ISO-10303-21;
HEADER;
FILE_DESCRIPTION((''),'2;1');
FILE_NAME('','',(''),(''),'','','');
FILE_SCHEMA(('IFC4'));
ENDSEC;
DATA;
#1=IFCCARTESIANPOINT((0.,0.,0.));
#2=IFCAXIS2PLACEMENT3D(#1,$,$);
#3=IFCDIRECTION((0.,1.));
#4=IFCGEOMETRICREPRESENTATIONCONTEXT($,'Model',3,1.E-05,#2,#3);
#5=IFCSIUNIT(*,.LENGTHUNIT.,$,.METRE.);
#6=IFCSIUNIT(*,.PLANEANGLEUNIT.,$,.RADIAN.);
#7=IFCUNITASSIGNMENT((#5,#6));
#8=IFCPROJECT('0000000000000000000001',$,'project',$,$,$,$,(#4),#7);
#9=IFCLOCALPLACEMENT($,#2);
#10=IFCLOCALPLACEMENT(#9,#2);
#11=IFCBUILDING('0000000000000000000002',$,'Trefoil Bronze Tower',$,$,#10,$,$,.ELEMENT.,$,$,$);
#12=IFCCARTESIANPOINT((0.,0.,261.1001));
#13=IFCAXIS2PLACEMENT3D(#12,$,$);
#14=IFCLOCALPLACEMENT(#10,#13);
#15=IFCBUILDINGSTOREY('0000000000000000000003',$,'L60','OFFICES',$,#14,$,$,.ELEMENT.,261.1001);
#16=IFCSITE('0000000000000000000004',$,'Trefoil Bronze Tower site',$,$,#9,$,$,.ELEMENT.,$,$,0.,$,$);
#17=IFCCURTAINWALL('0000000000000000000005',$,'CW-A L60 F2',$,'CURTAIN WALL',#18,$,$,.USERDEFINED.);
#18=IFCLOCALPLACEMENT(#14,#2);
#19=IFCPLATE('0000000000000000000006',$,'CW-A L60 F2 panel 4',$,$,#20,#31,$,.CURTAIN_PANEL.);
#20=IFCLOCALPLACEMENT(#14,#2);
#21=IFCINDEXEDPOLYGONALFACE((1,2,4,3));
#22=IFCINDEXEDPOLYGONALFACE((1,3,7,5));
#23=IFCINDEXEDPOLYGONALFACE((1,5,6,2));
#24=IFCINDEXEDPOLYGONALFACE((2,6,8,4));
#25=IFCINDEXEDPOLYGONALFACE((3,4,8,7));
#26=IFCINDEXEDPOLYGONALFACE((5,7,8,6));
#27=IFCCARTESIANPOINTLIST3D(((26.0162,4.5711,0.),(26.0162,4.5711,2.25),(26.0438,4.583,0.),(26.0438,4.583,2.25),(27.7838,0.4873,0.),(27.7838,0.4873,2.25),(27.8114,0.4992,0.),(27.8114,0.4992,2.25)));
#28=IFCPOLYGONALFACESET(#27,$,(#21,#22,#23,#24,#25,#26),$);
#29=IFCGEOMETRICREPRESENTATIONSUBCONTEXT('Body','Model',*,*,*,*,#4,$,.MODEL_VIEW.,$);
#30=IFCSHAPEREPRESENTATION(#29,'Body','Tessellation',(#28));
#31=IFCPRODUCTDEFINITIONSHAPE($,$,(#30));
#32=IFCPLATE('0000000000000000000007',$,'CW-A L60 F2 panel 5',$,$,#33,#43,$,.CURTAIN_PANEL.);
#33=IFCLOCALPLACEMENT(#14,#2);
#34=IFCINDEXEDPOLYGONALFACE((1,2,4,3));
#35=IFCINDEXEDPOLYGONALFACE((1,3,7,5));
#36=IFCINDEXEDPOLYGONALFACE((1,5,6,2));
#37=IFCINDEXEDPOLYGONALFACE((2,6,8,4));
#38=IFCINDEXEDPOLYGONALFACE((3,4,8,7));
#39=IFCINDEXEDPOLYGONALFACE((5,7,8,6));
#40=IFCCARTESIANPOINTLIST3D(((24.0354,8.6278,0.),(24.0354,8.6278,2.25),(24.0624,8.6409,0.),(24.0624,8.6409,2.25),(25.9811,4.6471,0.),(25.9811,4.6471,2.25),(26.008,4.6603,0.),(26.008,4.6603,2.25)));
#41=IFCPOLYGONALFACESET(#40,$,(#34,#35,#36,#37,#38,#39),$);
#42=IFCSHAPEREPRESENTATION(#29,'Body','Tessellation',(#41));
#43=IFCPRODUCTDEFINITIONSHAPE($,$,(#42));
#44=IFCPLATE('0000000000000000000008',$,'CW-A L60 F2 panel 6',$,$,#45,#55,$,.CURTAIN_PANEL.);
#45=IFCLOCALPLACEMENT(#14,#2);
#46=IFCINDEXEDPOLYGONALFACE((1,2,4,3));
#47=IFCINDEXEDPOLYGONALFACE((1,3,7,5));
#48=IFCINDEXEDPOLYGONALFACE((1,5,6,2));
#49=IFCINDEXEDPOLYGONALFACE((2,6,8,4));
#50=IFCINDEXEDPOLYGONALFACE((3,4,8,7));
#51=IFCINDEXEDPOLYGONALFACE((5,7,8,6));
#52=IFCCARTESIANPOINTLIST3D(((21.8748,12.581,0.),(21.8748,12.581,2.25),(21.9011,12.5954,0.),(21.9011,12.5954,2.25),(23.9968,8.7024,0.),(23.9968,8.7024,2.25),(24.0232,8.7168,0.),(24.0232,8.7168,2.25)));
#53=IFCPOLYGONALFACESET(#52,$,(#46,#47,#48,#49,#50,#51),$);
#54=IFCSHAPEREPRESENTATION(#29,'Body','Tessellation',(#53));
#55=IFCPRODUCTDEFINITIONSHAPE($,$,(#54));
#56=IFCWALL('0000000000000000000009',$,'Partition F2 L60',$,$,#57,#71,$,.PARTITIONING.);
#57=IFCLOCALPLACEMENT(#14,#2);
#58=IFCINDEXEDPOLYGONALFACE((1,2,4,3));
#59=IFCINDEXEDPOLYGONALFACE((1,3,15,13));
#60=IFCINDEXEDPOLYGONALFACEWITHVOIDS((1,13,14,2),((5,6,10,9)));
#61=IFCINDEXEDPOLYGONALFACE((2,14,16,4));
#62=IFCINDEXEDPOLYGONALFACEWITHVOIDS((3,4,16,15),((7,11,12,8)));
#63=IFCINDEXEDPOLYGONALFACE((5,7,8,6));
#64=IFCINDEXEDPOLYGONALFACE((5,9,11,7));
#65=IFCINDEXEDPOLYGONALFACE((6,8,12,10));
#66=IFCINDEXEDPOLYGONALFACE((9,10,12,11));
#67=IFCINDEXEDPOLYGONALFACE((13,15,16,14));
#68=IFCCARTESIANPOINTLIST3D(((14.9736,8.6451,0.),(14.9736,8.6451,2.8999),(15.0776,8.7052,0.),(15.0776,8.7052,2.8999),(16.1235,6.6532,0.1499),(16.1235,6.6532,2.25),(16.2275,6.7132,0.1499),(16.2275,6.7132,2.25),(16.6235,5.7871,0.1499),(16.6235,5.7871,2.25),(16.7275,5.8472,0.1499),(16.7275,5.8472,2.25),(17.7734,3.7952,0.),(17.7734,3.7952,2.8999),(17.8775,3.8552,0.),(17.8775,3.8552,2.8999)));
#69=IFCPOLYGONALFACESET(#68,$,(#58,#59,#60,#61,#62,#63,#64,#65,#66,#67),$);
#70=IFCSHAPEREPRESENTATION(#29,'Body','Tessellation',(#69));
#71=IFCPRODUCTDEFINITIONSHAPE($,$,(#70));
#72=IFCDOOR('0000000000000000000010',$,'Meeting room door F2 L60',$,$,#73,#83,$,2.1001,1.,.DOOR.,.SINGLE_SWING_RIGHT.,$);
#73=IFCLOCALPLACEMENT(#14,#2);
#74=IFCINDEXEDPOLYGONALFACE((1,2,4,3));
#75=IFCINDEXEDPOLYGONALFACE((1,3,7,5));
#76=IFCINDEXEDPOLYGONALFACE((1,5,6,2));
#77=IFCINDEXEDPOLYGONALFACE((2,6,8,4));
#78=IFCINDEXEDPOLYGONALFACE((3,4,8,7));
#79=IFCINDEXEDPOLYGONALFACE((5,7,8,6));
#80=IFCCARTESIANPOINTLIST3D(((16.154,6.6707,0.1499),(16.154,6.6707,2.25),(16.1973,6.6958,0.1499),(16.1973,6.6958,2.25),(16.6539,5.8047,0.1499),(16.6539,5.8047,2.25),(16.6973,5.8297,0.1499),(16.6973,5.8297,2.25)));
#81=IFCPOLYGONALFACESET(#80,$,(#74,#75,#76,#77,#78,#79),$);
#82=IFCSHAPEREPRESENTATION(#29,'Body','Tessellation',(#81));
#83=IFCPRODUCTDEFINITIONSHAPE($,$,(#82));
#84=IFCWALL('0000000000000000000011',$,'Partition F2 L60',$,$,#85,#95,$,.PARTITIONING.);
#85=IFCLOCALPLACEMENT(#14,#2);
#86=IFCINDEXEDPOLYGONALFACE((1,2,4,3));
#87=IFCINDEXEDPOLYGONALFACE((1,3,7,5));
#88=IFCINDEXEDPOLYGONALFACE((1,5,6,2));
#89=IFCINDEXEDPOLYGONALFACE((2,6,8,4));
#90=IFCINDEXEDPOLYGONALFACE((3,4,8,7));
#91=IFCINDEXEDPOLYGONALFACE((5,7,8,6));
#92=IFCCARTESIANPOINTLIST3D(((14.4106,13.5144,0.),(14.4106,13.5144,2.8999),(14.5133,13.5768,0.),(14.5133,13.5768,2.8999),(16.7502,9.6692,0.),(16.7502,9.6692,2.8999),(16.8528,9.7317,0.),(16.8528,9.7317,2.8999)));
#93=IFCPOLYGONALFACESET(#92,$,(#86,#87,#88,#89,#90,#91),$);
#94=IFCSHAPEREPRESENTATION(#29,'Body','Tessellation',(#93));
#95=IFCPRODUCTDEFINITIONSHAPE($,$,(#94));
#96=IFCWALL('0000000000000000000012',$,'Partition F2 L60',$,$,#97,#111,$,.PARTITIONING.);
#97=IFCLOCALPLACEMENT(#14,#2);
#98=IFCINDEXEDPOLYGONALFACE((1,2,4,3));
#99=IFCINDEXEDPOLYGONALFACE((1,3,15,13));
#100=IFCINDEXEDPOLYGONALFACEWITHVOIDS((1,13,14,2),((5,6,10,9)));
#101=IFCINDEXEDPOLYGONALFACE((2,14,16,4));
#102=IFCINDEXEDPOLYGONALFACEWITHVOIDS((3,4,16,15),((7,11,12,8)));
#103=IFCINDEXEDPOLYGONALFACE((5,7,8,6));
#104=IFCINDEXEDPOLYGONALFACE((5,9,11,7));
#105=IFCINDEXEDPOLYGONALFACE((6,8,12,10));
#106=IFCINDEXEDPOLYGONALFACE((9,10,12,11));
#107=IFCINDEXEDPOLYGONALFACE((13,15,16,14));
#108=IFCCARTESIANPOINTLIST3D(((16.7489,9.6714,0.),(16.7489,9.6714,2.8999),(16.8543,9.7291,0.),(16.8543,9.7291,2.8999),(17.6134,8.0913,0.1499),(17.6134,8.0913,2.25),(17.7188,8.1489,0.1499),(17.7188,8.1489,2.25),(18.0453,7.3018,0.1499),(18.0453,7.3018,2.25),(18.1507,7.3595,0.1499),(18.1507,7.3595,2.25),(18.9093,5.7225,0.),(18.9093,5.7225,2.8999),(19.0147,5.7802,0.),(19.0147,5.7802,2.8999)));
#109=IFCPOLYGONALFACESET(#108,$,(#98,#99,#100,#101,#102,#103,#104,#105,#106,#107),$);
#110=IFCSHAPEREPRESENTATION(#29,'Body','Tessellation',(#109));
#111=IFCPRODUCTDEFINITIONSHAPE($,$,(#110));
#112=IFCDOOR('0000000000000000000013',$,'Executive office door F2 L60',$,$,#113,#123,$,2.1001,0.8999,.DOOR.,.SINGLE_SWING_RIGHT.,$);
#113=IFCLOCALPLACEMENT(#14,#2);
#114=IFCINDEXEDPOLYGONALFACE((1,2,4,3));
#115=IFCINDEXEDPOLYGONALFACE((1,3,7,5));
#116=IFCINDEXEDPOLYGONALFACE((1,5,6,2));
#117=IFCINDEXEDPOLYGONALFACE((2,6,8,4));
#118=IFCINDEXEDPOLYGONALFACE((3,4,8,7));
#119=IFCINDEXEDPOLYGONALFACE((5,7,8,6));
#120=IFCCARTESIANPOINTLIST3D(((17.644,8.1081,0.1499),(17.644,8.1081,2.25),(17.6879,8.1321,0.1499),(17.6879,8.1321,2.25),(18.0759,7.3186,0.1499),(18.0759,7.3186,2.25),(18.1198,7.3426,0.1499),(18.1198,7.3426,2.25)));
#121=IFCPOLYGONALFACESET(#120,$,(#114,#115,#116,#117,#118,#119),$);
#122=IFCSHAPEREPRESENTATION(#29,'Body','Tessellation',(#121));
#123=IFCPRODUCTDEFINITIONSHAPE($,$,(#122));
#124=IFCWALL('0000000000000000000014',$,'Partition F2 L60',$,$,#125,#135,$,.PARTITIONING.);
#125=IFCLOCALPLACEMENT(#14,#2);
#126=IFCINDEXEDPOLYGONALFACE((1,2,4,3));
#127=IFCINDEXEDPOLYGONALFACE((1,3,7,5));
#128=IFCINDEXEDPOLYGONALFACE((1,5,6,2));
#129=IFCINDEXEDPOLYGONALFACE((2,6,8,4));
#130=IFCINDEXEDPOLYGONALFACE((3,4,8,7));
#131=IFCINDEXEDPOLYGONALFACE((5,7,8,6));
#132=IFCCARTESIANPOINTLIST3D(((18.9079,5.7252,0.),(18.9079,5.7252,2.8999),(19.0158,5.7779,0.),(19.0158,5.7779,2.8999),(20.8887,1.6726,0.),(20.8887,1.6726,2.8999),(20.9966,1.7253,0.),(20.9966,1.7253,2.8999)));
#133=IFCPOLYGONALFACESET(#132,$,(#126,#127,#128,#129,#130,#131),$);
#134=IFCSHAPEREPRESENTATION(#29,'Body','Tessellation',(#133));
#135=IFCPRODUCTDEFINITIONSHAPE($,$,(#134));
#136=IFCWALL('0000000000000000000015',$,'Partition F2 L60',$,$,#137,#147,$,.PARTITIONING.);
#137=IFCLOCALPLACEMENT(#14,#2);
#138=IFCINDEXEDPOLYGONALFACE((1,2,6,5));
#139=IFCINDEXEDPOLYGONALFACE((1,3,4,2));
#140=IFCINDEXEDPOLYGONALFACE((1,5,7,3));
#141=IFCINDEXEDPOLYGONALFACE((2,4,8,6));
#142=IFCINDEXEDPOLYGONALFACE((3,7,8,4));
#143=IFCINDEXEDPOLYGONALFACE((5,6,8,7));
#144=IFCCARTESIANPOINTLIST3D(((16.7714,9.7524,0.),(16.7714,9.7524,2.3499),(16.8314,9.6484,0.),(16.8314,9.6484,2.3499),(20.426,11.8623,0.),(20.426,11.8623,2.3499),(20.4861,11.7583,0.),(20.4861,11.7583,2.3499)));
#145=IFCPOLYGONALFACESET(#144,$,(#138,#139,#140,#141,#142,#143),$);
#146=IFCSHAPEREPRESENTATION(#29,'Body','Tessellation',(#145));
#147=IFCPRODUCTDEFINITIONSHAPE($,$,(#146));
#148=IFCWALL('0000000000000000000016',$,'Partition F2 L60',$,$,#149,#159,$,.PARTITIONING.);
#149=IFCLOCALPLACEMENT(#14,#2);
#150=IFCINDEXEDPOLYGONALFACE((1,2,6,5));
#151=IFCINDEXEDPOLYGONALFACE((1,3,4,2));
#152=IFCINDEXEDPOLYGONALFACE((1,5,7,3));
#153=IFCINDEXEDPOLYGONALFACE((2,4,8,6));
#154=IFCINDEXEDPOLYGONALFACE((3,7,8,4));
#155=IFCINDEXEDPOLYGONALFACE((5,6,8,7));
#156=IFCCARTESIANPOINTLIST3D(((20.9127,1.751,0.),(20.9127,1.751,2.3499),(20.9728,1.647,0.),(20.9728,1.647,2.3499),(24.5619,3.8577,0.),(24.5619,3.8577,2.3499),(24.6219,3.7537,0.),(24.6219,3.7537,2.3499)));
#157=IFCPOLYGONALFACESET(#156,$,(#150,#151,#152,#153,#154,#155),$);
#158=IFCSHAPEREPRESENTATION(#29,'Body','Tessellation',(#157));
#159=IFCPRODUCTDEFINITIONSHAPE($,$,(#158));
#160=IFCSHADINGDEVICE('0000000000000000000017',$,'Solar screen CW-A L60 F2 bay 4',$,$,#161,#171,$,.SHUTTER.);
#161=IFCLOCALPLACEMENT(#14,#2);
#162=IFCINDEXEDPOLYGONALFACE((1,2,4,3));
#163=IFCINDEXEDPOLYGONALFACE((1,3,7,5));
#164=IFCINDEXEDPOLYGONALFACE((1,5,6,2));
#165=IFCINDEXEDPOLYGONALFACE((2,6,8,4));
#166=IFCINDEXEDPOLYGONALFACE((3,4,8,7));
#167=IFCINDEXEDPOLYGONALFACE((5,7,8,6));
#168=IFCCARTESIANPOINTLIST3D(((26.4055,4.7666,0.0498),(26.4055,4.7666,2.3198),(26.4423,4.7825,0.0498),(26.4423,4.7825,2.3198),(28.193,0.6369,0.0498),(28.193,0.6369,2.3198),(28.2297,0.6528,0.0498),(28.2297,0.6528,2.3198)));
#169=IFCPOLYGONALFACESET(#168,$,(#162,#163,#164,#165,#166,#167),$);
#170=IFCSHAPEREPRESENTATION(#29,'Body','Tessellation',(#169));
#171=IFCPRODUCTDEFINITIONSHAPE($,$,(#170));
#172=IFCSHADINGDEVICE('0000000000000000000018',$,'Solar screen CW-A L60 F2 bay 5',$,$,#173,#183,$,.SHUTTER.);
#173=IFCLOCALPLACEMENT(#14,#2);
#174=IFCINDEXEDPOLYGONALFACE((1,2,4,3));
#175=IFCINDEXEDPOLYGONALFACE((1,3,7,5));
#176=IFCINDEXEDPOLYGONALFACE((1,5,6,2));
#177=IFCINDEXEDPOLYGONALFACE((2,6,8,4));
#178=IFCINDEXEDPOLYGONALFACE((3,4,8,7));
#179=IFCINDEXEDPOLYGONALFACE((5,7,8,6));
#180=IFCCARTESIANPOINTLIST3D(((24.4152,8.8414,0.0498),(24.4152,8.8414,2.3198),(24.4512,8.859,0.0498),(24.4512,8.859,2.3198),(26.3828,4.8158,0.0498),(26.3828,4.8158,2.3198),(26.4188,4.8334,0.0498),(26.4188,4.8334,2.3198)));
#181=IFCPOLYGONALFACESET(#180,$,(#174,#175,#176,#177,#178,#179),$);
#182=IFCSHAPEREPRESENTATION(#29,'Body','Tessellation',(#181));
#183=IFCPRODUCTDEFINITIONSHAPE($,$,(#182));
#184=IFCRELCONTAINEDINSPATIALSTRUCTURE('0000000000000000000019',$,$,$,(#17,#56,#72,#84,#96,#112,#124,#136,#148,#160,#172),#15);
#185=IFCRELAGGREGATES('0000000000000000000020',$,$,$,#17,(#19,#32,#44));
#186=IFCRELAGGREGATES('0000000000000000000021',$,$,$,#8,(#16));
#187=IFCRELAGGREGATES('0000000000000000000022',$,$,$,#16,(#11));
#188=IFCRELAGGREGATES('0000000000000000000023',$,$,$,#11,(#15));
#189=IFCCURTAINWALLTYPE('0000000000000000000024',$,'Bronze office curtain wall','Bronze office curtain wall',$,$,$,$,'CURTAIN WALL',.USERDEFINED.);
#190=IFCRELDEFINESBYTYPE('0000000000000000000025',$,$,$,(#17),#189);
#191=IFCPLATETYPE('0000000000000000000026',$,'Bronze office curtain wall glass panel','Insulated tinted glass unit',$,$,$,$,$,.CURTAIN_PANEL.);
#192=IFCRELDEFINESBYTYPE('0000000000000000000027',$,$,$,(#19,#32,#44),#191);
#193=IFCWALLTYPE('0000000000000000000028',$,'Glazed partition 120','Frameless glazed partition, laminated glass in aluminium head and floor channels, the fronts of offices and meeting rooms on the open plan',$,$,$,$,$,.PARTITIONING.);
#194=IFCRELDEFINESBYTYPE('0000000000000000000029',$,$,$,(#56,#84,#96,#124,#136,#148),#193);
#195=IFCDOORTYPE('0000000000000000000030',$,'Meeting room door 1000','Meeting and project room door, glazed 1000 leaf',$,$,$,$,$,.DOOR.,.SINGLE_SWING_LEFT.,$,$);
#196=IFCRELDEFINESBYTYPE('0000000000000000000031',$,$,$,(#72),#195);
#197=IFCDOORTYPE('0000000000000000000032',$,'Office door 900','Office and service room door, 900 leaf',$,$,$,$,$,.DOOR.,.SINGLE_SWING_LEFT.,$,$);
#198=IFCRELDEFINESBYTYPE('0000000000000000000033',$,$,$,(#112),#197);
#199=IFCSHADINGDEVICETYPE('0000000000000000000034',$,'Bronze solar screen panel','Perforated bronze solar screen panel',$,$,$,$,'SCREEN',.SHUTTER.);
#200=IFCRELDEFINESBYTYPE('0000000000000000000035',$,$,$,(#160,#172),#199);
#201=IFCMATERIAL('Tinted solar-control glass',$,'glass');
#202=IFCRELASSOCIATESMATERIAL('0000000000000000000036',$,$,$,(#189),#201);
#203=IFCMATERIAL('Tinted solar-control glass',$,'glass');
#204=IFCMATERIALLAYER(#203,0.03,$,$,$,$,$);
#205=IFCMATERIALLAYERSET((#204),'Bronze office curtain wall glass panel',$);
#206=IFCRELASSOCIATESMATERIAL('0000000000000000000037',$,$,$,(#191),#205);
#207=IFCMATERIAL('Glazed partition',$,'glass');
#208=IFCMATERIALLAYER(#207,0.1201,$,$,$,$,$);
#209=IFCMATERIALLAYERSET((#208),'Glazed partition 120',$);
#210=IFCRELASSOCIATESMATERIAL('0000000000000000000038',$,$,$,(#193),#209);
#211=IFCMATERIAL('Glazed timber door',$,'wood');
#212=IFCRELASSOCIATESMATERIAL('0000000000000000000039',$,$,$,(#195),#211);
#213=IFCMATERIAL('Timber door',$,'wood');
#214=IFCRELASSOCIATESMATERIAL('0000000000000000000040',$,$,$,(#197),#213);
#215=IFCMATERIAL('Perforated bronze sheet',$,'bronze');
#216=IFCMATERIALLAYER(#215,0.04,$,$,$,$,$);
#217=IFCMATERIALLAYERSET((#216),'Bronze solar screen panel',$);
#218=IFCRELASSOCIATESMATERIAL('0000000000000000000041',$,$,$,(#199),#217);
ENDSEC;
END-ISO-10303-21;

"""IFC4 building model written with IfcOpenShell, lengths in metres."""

from ifc_helpers import new_model, si_unit, direction, frame, frame_2d, origin, origin_2d, place, context, subcontext, project, spatial, rectangle, extrude, material, layer, layer_set, type_object, element, fill, aggregate, save


model = new_model("IFC4")

# Units and contexts
model_context = context("Model", 3, precision=1e-05, world=origin(), true_north=direction((0.0, 1.0)))
body_context = subcontext(model_context, "Body", "Model", "MODEL_VIEW")
ifc_project = project(units=[si_unit("LENGTHUNIT", "METRE"), si_unit("PLANEANGLEUNIT", "RADIAN")], contexts=[model_context])

# Site, building, storey
site_placement = place(None, origin())
site = spatial("IfcSite", under=ifc_project, at=site_placement, Name="Trefoil Bronze Tower site", CompositionType="ELEMENT", RefElevation=0.0)
building_placement = place(site_placement, origin())
building = spatial("IfcBuilding", under=site, at=building_placement, Name="Trefoil Bronze Tower", CompositionType="ELEMENT")
storey_placement = place(building_placement, frame((0.0, 0.0, 261.1001)))
storey = spatial("IfcBuildingStorey", under=building, at=storey_placement, Name="L60", Description="OFFICES", CompositionType="ELEMENT", Elevation=261.1001)

# Curtain wall
ifc_material_1 = material(Name="Tinted solar-control glass", Category="glass")
curtain_wall_type = type_object("IfcCurtainWallType", Name="Bronze office curtain wall", Description="Bronze office curtain wall", ElementType="CURTAIN WALL", PredefinedType="USERDEFINED", material=ifc_material_1)
curtain_wall_placement = place(storey_placement, origin())
curtain_wall = element("IfcCurtainWall", 1, at=curtain_wall_placement, inside=storey, type_object=curtain_wall_type, Name="CW-A L60 F2", ObjectType="CURTAIN WALL", PredefinedType="USERDEFINED")

# Plates
ifc_material_2 = material(Name="Tinted solar-control glass", Category="glass")
ifc_layer_1 = layer(ifc_material_2, 0.03)
ifc_layer_set_1 = layer_set([ifc_layer_1], Name="Bronze office curtain wall glass panel")
plate_type = type_object("IfcPlateType", Name="Bronze office curtain wall glass panel", Description="Insulated tinted glass unit", PredefinedType="CURTAIN_PANEL", material=ifc_layer_set_1)
plate_1_placement = place(storey_placement, frame((26.9138, 2.5352, 0.0), z_axis=(0.0, 0.0, 1.0), x_axis=(-0.39722, 0.917723, 0.0)))
plate_1 = element("IfcPlate", 2, at=plate_1_placement, type_object=plate_type, Name="CW-A L60 F2 panel 4", PredefinedType="CURTAIN_PANEL", context=body_context, shape_type="SweptSolid", body=[
    extrude(rectangle(XDim=4.45, YDim=0.03, at=origin_2d()), origin(), (0.0, 0.0, 1.0), 2.25),
])
plate_2_placement = place(storey_placement, frame((25.0217, 6.644, 0.0), z_axis=(0.0, 0.0, 1.0), x_axis=(-0.439129, 0.898424, 0.0)))
plate_2 = element("IfcPlate", 3, at=plate_2_placement, type_object=plate_type, Name="CW-A L60 F2 panel 5", PredefinedType="CURTAIN_PANEL", context=body_context, shape_type="SweptSolid", body=[
    extrude(rectangle(XDim=4.4307, YDim=0.03, at=origin_2d()), origin(), (0.0, 0.0, 1.0), 2.25),
])
plate_3_placement = place(storey_placement, frame((22.949, 10.6489, 0.0), z_axis=(0.0, 0.0, 1.0), x_axis=(-0.479974, 0.877283, 0.0)))
plate_3 = element("IfcPlate", 4, at=plate_3_placement, type_object=plate_type, Name="CW-A L60 F2 panel 6", PredefinedType="CURTAIN_PANEL", context=body_context, shape_type="SweptSolid", body=[
    extrude(rectangle(XDim=4.4211, YDim=0.03, at=origin_2d()), origin(), (0.0, 0.0, 1.0), 2.25),
])
aggregate(curtain_wall, [plate_1, plate_2, plate_3])

# Wall, opening, door
ifc_material_3 = material(Name="Glazed partition", Category="glass")
ifc_layer_2 = layer(ifc_material_3, 0.1201)
ifc_layer_set_2 = layer_set([ifc_layer_2], Name="Glazed partition 120")
wall_type = type_object("IfcWallType", Name="Glazed partition 120", Description="Frameless glazed partition, laminated glass in aluminium head and floor channels, the fronts of offices and meeting rooms on the open plan", PredefinedType="PARTITIONING", material=ifc_layer_set_2)
wall_1_placement = place(storey_placement, frame((17.8254, 3.8252, 0.0), z_axis=(0.0, 0.0, 1.0), x_axis=(-0.499965, 0.866045, 0.0)))
wall_1 = element("IfcWall", 5, at=wall_1_placement, inside=storey, type_object=wall_type, Name="Partition F2 L60", PredefinedType="PARTITIONING", context=body_context, shape_type="SweptSolid", body=[
    extrude(rectangle(XDim=5.6001, YDim=0.1201, at=frame_2d((2.8, 0.0))), origin(), (0.0, 0.0, 1.0), 2.8999),
])
opening_1_placement = place(wall_1_placement, frame((2.3, 0.0, 0.1499)))
opening_1 = element("IfcOpeningElement", 6, at=opening_1_placement, cuts=wall_1, PredefinedType="OPENING", context=body_context, shape_type="SweptSolid", body=[
    extrude(rectangle(XDim=1.0, YDim=2.1001, at=frame_2d((0.5, 1.05))), frame((0.0, 0.0701, 0.0), z_axis=(0.0, -1.0, 0.0), x_axis=(1.0, 0.0, 0.0)), (0.0, 0.0, 1.0), 0.1401),
])
ifc_material_4 = material(Name="Glazed timber door", Category="wood")
door_type_1 = type_object("IfcDoorType", Name="Meeting room door 1000", Description="Meeting and project room door, glazed 1000 leaf", OperationType="SINGLE_SWING_LEFT", PredefinedType="DOOR", material=ifc_material_4)
door_1_placement = place(opening_1_placement, origin())
door_1 = element("IfcDoor", 7, at=door_1_placement, inside=storey, type_object=door_type_1, Name="Meeting room door F2 L60", OperationType="SINGLE_SWING_RIGHT", OverallHeight=2.1001, OverallWidth=1.0, PredefinedType="DOOR", context=body_context, shape_type="SweptSolid", body=[
    extrude(rectangle(XDim=1.0, YDim=2.1001, at=frame_2d((0.5, 1.05))), frame((0.0, 0.0249, 0.0), z_axis=(0.0, -1.0, 0.0), x_axis=(1.0, 0.0, 0.0)), (0.0, 0.0, 1.0), 0.05),
])
fill(opening_1, door_1)

# Wall
wall_2_placement = place(storey_placement, frame((16.8015, 9.7004, 0.0), z_axis=(0.0, 0.0, 1.0), x_axis=(-0.51979, 0.854294, 0.0)))
element("IfcWall", 8, at=wall_2_placement, inside=storey, type_object=wall_type, Name="Partition F2 L60", PredefinedType="PARTITIONING", context=body_context, shape_type="SweptSolid", body=[
    extrude(rectangle(XDim=4.501, YDim=0.1201, at=frame_2d((2.2505, 0.0))), origin(), (0.0, 0.0, 1.0), 2.8999),
])

# Wall, opening, door
wall_3_placement = place(storey_placement, frame((18.9619, 5.7515, 0.0), z_axis=(0.0, 0.0, 1.0), x_axis=(-0.47995, 0.877296, 0.0)))
wall_3 = element("IfcWall", 9, at=wall_3_placement, inside=storey, type_object=wall_type, Name="Partition F2 L60", PredefinedType="PARTITIONING", context=body_context, shape_type="SweptSolid", body=[
    extrude(rectangle(XDim=4.5012, YDim=0.1201, at=frame_2d((2.2505, 0.0))), origin(), (0.0, 0.0, 1.0), 2.8999),
])
opening_2_placement = place(wall_3_placement, frame((1.8, 0.0, 0.1499)))
opening_2 = element("IfcOpeningElement", 10, at=opening_2_placement, cuts=wall_3, PredefinedType="OPENING", context=body_context, shape_type="SweptSolid", body=[
    extrude(rectangle(XDim=0.8999, YDim=2.1001, at=frame_2d((0.45, 1.05))), frame((0.0, 0.0701, 0.0), z_axis=(0.0, -1.0, 0.0), x_axis=(1.0, 0.0, 0.0)), (0.0, 0.0, 1.0), 0.1401),
])
ifc_material_5 = material(Name="Timber door", Category="wood")
door_type_2 = type_object("IfcDoorType", Name="Office door 900", Description="Office and service room door, 900 leaf", OperationType="SINGLE_SWING_LEFT", PredefinedType="DOOR", material=ifc_material_5)
door_2_placement = place(opening_2_placement, frame((0.8999, 0.0, 0.0), z_axis=(0.0, 0.0, 1.0), x_axis=(-1.0, 0.0, 0.0)))
door_2 = element("IfcDoor", 11, at=door_2_placement, inside=storey, type_object=door_type_2, Name="Executive office door F2 L60", OperationType="SINGLE_SWING_RIGHT", OverallHeight=2.1001, OverallWidth=0.8999, PredefinedType="DOOR", context=body_context, shape_type="SweptSolid", body=[
    extrude(rectangle(XDim=0.8999, YDim=2.1001, at=frame_2d((0.45, 1.05))), frame((0.0, 0.0249, 0.0), z_axis=(0.0, -1.0, 0.0), x_axis=(1.0, 0.0, 0.0)), (0.0, 0.0, 1.0), 0.05),
])
fill(opening_2, door_2)

# Walls
wall_4_placement = place(storey_placement, frame((20.9426, 1.699, 0.0), z_axis=(0.0, 0.0, 1.0), x_axis=(-0.43912, 0.898428, 0.0)))
element("IfcWall", 12, at=wall_4_placement, inside=storey, type_object=wall_type, Name="Partition F2 L60", PredefinedType="PARTITIONING", context=body_context, shape_type="SweptSolid", body=[
    extrude(rectangle(XDim=4.5107, YDim=0.1201, at=frame_2d((2.2554, 0.0))), origin(), (0.0, 0.0, 1.0), 2.8999),
])
wall_5_placement = place(storey_placement, frame((16.8015, 9.7004, 0.0), z_axis=(0.0, 0.0, 1.0), x_axis=(0.866034, 0.499985, 0.0)))
element("IfcWall", 13, at=wall_5_placement, inside=storey, type_object=wall_type, Name="Partition F2 L60", PredefinedType="PARTITIONING", context=body_context, shape_type="SweptSolid", body=[
    extrude(rectangle(XDim=4.22, YDim=0.1201, at=frame_2d((2.1099, 0.0))), origin(), (0.0, 0.0, 1.0), 2.3499),
])
wall_6_placement = place(storey_placement, frame((20.9426, 1.699, 0.0), z_axis=(0.0, 0.0, 1.0), x_axis=(0.866042, 0.499972, 0.0)))
element("IfcWall", 14, at=wall_6_placement, inside=storey, type_object=wall_type, Name="Partition F2 L60", PredefinedType="PARTITIONING", context=body_context, shape_type="SweptSolid", body=[
    extrude(rectangle(XDim=4.2136, YDim=0.1201, at=frame_2d((2.1069, 0.0))), origin(), (0.0, 0.0, 1.0), 2.3499),
])

# Shading devices
ifc_material_6 = material(Name="Perforated bronze sheet", Category="bronze")
ifc_layer_3 = layer(ifc_material_6, 0.04)
ifc_layer_set_3 = layer_set([ifc_layer_3], Name="Bronze solar screen panel")
shading_device_type = type_object("IfcShadingDeviceType", Name="Bronze solar screen panel", Description="Perforated bronze solar screen panel", ElementType="SCREEN", PredefinedType="SHUTTER", material=ifc_layer_set_3)
shading_device_1_placement = place(storey_placement, frame((27.3176, 2.7097, 0.0498), z_axis=(0.0, 0.0, 1.0), x_axis=(-0.39722, 0.917723, 0.0)))
element("IfcShadingDevice", 15, at=shading_device_1_placement, inside=storey, type_object=shading_device_type, Name="Solar screen CW-A L60 F2 bay 4", PredefinedType="SHUTTER", context=body_context, shape_type="SweptSolid", body=[
    extrude(rectangle(XDim=4.5, YDim=0.04, at=origin_2d()), origin(), (0.0, 0.0, 1.0), 2.27),
])
shading_device_2_placement = place(storey_placement, frame((25.417, 6.8374, 0.0498), z_axis=(0.0, 0.0, 1.0), x_axis=(-0.439129, 0.898424, 0.0)))
element("IfcShadingDevice", 16, at=shading_device_2_placement, inside=storey, type_object=shading_device_type, Name="Solar screen CW-A L60 F2 bay 5", PredefinedType="SHUTTER", context=body_context, shape_type="SweptSolid", body=[
    extrude(rectangle(XDim=4.4807, YDim=0.04, at=origin_2d()), origin(), (0.0, 0.0, 1.0), 2.27),
])

save(model, "model.ifc")
